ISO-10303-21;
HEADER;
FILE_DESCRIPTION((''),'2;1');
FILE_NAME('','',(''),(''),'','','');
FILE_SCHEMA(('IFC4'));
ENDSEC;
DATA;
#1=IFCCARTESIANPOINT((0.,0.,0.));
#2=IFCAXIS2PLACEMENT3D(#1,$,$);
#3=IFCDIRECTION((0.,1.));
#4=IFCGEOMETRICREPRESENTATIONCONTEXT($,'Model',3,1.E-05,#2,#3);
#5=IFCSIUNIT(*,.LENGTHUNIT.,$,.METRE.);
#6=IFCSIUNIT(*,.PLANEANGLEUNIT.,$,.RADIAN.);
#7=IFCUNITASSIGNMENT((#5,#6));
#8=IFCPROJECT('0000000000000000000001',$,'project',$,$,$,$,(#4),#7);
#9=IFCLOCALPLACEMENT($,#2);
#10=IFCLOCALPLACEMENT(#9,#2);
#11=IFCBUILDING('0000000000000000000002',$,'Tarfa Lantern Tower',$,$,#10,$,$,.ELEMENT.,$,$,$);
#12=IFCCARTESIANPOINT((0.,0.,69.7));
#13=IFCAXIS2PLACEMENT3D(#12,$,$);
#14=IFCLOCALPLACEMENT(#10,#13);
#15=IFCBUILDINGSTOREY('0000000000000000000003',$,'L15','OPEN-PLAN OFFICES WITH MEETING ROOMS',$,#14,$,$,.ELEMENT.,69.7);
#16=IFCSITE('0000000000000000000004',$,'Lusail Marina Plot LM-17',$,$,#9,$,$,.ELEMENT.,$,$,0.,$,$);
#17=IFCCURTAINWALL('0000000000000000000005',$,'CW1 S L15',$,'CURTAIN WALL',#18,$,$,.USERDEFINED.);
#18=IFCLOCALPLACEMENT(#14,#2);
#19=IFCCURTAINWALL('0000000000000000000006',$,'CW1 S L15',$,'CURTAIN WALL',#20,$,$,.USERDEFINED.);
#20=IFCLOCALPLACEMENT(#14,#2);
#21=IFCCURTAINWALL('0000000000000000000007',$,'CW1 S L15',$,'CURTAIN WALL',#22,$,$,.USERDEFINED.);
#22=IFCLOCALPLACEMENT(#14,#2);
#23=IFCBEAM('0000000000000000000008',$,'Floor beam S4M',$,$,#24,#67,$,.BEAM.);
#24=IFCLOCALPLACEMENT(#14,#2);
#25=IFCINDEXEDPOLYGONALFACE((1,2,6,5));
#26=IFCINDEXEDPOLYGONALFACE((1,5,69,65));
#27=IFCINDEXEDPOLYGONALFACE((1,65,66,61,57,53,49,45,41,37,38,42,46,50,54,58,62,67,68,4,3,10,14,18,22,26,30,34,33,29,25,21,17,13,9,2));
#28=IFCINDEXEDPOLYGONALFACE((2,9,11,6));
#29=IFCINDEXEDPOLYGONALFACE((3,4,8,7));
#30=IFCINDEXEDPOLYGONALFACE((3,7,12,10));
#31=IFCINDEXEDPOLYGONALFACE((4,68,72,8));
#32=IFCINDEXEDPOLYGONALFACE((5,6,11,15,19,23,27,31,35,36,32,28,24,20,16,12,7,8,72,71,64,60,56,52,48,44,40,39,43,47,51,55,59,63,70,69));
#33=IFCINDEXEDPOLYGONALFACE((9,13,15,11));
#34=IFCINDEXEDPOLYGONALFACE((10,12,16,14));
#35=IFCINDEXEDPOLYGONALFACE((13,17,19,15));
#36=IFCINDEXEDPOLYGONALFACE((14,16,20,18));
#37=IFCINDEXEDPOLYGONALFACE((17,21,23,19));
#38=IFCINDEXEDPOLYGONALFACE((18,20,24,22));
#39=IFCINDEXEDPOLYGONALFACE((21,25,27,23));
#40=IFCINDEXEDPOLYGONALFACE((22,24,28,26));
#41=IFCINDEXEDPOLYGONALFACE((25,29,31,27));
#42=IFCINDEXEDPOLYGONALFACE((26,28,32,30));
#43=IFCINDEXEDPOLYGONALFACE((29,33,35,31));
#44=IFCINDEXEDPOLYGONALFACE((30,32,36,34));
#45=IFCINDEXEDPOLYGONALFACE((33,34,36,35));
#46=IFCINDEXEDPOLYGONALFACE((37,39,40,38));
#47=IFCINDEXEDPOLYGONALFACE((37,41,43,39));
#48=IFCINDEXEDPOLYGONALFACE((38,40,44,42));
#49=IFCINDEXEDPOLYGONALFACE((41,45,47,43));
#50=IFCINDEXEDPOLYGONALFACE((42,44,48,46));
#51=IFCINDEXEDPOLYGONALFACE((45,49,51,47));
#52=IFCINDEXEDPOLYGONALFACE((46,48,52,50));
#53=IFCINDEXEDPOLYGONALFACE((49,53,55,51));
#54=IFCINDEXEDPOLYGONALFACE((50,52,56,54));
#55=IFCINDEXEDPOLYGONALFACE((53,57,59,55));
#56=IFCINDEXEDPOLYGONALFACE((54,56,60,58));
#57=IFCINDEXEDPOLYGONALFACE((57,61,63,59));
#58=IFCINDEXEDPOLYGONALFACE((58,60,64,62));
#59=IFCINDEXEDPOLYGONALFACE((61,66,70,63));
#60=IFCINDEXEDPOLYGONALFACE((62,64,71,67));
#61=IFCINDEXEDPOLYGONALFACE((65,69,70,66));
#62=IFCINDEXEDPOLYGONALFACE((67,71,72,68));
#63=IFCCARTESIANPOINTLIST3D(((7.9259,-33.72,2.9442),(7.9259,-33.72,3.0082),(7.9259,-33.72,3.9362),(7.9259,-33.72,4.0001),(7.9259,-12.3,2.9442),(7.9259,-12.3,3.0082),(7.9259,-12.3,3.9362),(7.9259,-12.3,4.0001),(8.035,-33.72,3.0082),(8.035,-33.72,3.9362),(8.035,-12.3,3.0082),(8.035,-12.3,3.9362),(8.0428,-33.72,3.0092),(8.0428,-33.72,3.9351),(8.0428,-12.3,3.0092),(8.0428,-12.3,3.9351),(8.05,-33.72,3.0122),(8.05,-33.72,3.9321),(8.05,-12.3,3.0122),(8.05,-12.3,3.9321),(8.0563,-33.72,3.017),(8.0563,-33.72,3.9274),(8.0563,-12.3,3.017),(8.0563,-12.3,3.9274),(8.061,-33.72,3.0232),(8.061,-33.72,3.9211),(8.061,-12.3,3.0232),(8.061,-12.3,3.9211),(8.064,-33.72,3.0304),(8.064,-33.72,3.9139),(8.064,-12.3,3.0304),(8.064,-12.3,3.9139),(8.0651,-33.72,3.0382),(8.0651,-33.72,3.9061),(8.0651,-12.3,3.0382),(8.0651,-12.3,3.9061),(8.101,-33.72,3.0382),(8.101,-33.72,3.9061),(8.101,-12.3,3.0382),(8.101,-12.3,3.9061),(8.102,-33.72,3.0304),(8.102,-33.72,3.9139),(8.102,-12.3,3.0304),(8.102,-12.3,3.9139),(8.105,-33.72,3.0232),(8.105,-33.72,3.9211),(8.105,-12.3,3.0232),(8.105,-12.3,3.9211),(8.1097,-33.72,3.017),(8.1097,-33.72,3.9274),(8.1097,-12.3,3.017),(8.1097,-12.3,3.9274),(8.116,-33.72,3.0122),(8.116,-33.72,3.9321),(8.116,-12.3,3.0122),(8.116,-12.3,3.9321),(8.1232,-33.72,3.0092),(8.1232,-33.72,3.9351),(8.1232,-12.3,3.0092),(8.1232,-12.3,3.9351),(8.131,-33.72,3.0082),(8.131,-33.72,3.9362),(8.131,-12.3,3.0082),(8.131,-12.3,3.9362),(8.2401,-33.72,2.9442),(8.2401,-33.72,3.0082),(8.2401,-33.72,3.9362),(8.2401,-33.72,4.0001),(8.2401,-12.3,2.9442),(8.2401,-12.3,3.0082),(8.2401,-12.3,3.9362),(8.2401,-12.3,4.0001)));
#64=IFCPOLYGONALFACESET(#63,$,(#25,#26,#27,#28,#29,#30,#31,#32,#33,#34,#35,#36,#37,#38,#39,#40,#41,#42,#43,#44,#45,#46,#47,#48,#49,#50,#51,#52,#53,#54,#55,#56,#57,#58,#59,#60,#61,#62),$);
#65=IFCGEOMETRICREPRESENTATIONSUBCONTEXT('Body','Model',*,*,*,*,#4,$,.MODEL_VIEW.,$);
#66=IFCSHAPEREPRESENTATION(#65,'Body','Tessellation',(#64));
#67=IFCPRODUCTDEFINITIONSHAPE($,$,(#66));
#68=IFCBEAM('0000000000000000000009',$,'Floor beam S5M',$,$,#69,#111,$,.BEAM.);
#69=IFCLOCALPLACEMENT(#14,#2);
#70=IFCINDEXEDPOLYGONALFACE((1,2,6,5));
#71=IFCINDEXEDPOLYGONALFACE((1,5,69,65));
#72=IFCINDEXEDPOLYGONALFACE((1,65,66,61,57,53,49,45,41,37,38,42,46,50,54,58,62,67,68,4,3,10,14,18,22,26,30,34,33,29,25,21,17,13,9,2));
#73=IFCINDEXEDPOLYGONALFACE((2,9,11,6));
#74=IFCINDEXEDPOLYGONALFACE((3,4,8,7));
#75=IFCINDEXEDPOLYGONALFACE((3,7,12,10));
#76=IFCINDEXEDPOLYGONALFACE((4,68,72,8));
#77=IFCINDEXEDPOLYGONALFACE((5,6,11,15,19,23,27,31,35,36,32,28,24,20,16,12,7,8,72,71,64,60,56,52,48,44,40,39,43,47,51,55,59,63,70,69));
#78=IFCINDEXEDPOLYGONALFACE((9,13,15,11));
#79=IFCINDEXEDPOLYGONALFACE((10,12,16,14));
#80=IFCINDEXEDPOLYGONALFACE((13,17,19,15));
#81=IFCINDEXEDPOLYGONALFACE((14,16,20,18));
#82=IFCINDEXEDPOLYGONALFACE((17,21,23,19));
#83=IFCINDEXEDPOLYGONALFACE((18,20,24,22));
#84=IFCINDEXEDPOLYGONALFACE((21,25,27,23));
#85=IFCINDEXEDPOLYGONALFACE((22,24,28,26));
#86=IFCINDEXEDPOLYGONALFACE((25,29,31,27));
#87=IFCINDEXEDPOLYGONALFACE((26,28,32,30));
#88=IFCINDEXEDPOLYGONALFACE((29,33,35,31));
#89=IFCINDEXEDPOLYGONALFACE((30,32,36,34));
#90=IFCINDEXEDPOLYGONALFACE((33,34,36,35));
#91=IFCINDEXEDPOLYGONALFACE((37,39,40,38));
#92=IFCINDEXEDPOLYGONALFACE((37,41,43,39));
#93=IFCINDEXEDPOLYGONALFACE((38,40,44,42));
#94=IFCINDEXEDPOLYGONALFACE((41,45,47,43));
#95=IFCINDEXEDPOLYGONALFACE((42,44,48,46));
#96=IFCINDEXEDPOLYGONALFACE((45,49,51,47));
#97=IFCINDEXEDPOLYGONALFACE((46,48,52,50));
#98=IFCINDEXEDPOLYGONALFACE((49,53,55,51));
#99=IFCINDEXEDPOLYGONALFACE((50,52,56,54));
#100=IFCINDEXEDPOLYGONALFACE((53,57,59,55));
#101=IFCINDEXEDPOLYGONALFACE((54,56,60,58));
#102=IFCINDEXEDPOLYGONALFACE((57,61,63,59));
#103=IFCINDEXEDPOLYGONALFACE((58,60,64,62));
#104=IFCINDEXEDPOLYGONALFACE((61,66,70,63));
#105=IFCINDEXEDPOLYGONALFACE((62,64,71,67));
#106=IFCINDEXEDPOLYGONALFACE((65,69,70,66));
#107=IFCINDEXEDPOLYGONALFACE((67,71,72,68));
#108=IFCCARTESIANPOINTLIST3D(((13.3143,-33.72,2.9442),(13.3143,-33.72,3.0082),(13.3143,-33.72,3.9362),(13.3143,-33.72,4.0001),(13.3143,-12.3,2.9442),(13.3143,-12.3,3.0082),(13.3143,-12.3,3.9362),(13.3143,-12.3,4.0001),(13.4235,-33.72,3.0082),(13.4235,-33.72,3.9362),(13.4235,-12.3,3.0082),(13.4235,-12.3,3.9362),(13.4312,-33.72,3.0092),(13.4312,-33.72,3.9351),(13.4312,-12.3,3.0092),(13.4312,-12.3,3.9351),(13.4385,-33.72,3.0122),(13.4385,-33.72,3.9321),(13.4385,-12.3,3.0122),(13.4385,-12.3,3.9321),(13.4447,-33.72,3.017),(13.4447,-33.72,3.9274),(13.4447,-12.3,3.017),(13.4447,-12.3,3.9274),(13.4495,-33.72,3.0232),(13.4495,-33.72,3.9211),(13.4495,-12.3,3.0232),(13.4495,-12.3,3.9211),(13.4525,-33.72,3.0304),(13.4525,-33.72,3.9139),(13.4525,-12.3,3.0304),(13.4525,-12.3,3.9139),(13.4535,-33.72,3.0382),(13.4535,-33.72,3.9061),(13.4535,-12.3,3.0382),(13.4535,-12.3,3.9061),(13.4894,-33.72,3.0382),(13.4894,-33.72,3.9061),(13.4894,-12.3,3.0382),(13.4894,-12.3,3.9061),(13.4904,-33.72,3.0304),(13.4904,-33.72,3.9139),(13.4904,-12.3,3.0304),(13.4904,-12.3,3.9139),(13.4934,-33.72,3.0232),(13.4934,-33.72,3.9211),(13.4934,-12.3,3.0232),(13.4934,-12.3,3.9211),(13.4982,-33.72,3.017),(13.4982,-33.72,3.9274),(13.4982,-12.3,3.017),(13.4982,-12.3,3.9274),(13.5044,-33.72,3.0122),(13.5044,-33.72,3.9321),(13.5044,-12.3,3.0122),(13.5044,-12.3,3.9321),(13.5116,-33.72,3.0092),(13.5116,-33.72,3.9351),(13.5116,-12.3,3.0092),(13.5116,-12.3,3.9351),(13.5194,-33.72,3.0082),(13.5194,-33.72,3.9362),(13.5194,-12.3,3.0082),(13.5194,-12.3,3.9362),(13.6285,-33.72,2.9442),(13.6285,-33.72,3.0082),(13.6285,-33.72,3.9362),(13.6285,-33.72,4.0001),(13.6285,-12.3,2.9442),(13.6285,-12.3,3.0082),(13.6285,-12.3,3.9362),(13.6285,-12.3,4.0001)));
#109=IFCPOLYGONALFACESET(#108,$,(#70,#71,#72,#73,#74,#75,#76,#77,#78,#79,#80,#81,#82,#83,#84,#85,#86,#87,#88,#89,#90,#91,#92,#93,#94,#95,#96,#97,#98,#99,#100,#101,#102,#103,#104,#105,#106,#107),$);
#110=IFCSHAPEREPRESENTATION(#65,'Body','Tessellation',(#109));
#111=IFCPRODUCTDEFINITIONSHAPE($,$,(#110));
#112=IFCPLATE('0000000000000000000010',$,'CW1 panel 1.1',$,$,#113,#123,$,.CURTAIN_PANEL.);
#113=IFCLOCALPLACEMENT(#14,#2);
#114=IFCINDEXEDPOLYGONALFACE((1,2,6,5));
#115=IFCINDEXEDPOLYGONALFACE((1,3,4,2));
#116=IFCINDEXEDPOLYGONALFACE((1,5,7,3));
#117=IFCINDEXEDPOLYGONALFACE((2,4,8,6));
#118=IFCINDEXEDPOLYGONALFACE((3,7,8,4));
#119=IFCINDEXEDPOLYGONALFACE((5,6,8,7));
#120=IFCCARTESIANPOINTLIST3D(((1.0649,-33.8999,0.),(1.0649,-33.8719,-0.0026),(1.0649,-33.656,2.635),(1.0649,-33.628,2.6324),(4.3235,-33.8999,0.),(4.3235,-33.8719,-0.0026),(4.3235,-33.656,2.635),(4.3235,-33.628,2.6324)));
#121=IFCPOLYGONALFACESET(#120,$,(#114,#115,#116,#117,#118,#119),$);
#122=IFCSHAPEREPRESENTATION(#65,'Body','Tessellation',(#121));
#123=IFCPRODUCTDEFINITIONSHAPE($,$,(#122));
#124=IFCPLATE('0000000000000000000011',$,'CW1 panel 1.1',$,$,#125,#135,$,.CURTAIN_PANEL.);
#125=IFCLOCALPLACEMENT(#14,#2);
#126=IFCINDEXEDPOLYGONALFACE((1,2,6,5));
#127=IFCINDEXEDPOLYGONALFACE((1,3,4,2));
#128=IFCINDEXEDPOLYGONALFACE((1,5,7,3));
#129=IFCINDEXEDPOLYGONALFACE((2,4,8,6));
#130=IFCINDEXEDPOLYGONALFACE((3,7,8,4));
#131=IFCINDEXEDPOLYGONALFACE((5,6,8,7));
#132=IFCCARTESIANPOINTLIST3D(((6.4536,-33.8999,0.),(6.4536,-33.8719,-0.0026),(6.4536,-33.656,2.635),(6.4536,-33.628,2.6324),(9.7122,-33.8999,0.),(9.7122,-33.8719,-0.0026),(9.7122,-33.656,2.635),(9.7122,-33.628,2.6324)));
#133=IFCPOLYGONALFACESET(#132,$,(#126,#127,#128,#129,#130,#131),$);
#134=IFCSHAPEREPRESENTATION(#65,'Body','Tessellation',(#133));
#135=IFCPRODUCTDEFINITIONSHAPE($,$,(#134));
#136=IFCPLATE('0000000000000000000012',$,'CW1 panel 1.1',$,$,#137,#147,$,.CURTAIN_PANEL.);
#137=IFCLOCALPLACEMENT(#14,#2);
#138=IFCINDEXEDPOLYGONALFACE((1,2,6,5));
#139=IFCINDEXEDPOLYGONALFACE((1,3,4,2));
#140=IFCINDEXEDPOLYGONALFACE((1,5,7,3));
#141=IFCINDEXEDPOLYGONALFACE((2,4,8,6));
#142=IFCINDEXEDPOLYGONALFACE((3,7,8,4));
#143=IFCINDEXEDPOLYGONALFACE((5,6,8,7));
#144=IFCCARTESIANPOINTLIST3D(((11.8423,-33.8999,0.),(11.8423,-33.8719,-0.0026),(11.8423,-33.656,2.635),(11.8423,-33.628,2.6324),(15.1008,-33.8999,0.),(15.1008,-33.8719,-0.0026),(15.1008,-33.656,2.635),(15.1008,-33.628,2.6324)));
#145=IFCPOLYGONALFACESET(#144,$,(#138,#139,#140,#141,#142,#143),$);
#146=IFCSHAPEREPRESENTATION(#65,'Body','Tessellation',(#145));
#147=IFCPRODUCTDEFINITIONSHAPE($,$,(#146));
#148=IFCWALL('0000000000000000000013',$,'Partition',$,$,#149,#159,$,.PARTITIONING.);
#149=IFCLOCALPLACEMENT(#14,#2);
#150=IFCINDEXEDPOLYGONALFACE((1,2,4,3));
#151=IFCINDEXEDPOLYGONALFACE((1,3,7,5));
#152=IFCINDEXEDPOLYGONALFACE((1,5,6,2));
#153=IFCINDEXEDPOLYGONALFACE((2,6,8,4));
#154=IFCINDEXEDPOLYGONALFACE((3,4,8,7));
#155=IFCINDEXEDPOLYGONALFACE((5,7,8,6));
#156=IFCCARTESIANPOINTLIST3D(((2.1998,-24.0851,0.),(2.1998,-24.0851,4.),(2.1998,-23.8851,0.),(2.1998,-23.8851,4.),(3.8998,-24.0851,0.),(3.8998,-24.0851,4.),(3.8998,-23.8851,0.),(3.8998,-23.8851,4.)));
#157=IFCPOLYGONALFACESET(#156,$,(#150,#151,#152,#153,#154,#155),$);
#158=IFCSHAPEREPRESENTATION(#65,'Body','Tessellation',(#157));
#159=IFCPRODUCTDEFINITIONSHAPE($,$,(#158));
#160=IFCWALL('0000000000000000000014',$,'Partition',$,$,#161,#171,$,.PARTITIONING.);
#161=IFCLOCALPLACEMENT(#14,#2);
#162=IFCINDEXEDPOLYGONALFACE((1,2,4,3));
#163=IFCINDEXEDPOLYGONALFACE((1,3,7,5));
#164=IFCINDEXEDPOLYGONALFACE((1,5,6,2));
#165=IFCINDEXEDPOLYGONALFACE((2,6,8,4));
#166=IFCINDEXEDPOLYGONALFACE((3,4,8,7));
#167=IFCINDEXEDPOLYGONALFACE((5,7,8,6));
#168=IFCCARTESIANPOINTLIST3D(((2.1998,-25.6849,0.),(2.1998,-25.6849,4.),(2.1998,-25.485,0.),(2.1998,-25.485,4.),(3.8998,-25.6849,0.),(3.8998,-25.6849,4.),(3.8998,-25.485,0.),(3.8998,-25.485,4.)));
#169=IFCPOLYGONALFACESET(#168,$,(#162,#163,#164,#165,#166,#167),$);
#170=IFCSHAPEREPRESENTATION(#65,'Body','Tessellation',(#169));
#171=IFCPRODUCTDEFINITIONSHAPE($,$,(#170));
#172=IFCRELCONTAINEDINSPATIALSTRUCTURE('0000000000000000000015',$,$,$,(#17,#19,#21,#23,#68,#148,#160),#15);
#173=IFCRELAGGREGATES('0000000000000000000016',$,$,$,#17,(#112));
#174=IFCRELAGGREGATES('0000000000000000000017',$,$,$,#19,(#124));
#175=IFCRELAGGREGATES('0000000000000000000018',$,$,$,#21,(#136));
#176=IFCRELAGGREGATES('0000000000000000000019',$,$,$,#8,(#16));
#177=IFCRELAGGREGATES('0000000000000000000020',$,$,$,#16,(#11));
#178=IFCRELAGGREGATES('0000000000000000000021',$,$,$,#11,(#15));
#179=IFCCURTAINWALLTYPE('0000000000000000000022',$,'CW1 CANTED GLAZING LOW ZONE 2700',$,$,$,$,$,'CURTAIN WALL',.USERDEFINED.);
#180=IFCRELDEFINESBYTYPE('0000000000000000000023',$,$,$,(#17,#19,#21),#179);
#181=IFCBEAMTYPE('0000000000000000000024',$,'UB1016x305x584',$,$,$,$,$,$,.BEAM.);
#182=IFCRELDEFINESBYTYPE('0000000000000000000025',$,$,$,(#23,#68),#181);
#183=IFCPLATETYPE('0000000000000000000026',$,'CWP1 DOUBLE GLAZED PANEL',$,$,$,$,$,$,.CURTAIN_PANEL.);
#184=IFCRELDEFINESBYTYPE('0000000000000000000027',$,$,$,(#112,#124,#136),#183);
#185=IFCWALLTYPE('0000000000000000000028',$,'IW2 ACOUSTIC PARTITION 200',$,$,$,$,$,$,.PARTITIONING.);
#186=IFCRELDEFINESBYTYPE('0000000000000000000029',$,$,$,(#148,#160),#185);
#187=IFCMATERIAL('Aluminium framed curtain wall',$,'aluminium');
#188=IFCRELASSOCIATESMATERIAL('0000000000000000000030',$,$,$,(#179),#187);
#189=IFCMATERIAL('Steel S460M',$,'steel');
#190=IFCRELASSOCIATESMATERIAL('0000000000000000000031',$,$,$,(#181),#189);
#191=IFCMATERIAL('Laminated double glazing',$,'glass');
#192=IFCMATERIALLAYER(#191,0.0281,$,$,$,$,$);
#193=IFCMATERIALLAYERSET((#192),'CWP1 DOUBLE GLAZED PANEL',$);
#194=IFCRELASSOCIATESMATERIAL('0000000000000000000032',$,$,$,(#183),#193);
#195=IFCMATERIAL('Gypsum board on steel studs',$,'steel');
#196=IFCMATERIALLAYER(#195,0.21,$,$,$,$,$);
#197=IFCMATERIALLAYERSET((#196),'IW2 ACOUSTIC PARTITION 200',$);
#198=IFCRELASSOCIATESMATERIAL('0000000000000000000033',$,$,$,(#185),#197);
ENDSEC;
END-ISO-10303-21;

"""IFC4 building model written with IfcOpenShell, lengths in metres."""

from ifc_helpers import new_model, si_unit, direction, frame, frame_2d, origin, origin_2d, place, context, subcontext, project, spatial, polyline, rectangle, i_section, outline, extrude, material, layer, layer_set, material_profile, profile_set, type_object, element, aggregate, save


model = new_model("IFC4")

# Units and contexts
model_context = context("Model", 3, precision=1e-05, world=origin(), true_north=direction((0.0, 1.0)))
body_context = subcontext(model_context, "Body", "Model", "MODEL_VIEW")
ifc_project = project(units=[si_unit("LENGTHUNIT", "METRE"), si_unit("PLANEANGLEUNIT", "RADIAN")], contexts=[model_context])

# Site, building, storey
site_placement = place(None, origin())
site = spatial("IfcSite", under=ifc_project, at=site_placement, Name="Lusail Marina Plot LM-17", CompositionType="ELEMENT", RefElevation=0.0)
building_placement = place(site_placement, origin())
building = spatial("IfcBuilding", under=site, at=building_placement, Name="Tarfa Lantern Tower", CompositionType="ELEMENT")
storey_placement = place(building_placement, frame((0.0, 0.0, 69.7)))
storey = spatial("IfcBuildingStorey", under=building, at=storey_placement, Name="L15", Description="OPEN-PLAN OFFICES WITH MEETING ROOMS", CompositionType="ELEMENT", Elevation=69.7)

# Curtain walls
ifc_material_1 = material(Name="Aluminium framed curtain wall", Category="aluminium")
curtain_wall_type = type_object("IfcCurtainWallType", Name="CW1 CANTED GLAZING LOW ZONE 2700", ElementType="CURTAIN WALL", PredefinedType="USERDEFINED", material=ifc_material_1)
curtain_wall_1_placement = place(storey_placement, origin())
curtain_wall_1 = element("IfcCurtainWall", 1, at=curtain_wall_1_placement, inside=storey, type_object=curtain_wall_type, Name="CW1 S L15", ObjectType="CURTAIN WALL", PredefinedType="USERDEFINED")
curtain_wall_2_placement = place(storey_placement, origin())
curtain_wall_2 = element("IfcCurtainWall", 2, at=curtain_wall_2_placement, inside=storey, type_object=curtain_wall_type, Name="CW1 S L15", ObjectType="CURTAIN WALL", PredefinedType="USERDEFINED")

# Curtain wall
curtain_wall_3_placement = place(storey_placement, origin())
curtain_wall_3 = element("IfcCurtainWall", 3, at=curtain_wall_3_placement, inside=storey, type_object=curtain_wall_type, Name="CW1 S L15", ObjectType="CURTAIN WALL", PredefinedType="USERDEFINED")

# Beams
ifc_material_2 = material(Name="Steel S460M", Category="steel")
ifc_material_profile_1 = material_profile(ifc_material_2, i_section(OverallWidth=0.3142, OverallDepth=1.0559, WebThickness=0.0359, FlangeThickness=0.064, FilletRadius=0.03, at=origin_2d()), Name="UB1016x305x584")
ifc_profile_set_1 = profile_set([ifc_material_profile_1], Name="Steel S460M")
beam_type_1 = type_object("IfcBeamType", Name="UB1016x305x584", PredefinedType="BEAM", material=ifc_profile_set_1)
for number, where, z_axis, x_axis, name in (
    (4, (8.083, -33.72, 3.4722), (0.0, 1.0, 0.0), (-1.0, 0.0, 0.0), "Floor beam S4M"),
    (5, (13.4714, -33.72, 3.4722), (0.0, 1.0, 0.0), (-1.0, 0.0, 0.0), "Floor beam S5M"),
):
    element("IfcBeam", number, at=place(storey_placement, frame(where, z_axis=z_axis, x_axis=x_axis)), inside=storey, type_object=beam_type_1, Name=name, PredefinedType="BEAM", context=body_context, shape_type="SweptSolid", body=[
        extrude(i_section(OverallWidth=0.3142, OverallDepth=1.0559, WebThickness=0.0359, FlangeThickness=0.064, FilletRadius=0.03, at=origin_2d()), origin(), (0.0, 0.0, 1.0), 21.4199),
    ])

# Plates
ifc_material_3 = material(Name="Laminated double glazing", Category="glass")
ifc_layer_1 = layer(ifc_material_3, 0.0281)
ifc_layer_set_1 = layer_set([ifc_layer_1], Name="CWP1 DOUBLE GLAZED PANEL")
plate_type = type_object("IfcPlateType", Name="CWP1 DOUBLE GLAZED PANEL", PredefinedType="CURTAIN_PANEL", material=ifc_layer_set_1)
plate_1_placement = place(storey_placement, frame((1.0649, -33.8999, 0.0), z_axis=(0.0, -0.995744, 0.092166), x_axis=(1.0, 0.0, 0.0)))
plate_1 = element("IfcPlate", 6, at=plate_1_placement, type_object=plate_type, Name="CW1 panel 1.1", PredefinedType="CURTAIN_PANEL", context=body_context, shape_type="SweptSolid", body=[
    extrude(outline(polyline([(0.0, 0.0), (3.2585, 0.0), (3.2585, 2.6463), (0.0, 2.6463), (0.0, 0.0)])), origin(), (0.0, 0.0, -1.0), 0.0281),
])
aggregate(curtain_wall_1, [plate_1])
plate_2_placement = place(storey_placement, frame((6.4536, -33.8999, 0.0), z_axis=(0.0, -0.995744, 0.092166), x_axis=(1.0, 0.0, 0.0)))
plate_2 = element("IfcPlate", 7, at=plate_2_placement, type_object=plate_type, Name="CW1 panel 1.1", PredefinedType="CURTAIN_PANEL", context=body_context, shape_type="SweptSolid", body=[
    extrude(outline(polyline([(0.0, 0.0), (3.2585, 0.0), (3.2585, 2.6463), (0.0, 2.6463), (0.0, 0.0)])), origin(), (0.0, 0.0, -1.0), 0.0281),
])
aggregate(curtain_wall_2, [plate_2])
plate_3_placement = place(storey_placement, frame((11.8423, -33.8999, 0.0), z_axis=(0.0, -0.995744, 0.092166), x_axis=(1.0, 0.0, 0.0)))
plate_3 = element("IfcPlate", 8, at=plate_3_placement, type_object=plate_type, Name="CW1 panel 1.1", PredefinedType="CURTAIN_PANEL", context=body_context, shape_type="SweptSolid", body=[
    extrude(outline(polyline([(0.0, 0.0), (3.2585, 0.0), (3.2585, 2.6463), (0.0, 2.6463), (0.0, 0.0)])), origin(), (0.0, 0.0, -1.0), 0.0281),
])
aggregate(curtain_wall_3, [plate_3])

# Walls
ifc_material_4 = material(Name="Gypsum board on steel studs", Category="steel")
ifc_layer_2 = layer(ifc_material_4, 0.21)
ifc_layer_set_2 = layer_set([ifc_layer_2], Name="IW2 ACOUSTIC PARTITION 200")
wall_type = type_object("IfcWallType", Name="IW2 ACOUSTIC PARTITION 200", PredefinedType="PARTITIONING", material=ifc_layer_set_2)
for number, where, z_axis, x_axis, name in (
    (9, (3.8999, -23.9851, 0.0), (0.0, 0.0, 1.0), (-1.0, 0.0, 0.0), "Partition"),
    (10, (3.8999, -25.585, 0.0), (0.0, 0.0, 1.0), (-1.0, 0.0, 0.0), "Partition"),
):
    element("IfcWall", number, at=place(storey_placement, frame(where, z_axis=z_axis, x_axis=x_axis)), inside=storey, type_object=wall_type, Name=name, PredefinedType="PARTITIONING", context=body_context, shape_type="SweptSolid", body=[
        extrude(rectangle(XDim=1.7, YDim=0.2, at=frame_2d((0.8501, 0.0))), origin(), (0.0, 0.0, 1.0), 4.0),
    ])

save(model, "model.ifc")
